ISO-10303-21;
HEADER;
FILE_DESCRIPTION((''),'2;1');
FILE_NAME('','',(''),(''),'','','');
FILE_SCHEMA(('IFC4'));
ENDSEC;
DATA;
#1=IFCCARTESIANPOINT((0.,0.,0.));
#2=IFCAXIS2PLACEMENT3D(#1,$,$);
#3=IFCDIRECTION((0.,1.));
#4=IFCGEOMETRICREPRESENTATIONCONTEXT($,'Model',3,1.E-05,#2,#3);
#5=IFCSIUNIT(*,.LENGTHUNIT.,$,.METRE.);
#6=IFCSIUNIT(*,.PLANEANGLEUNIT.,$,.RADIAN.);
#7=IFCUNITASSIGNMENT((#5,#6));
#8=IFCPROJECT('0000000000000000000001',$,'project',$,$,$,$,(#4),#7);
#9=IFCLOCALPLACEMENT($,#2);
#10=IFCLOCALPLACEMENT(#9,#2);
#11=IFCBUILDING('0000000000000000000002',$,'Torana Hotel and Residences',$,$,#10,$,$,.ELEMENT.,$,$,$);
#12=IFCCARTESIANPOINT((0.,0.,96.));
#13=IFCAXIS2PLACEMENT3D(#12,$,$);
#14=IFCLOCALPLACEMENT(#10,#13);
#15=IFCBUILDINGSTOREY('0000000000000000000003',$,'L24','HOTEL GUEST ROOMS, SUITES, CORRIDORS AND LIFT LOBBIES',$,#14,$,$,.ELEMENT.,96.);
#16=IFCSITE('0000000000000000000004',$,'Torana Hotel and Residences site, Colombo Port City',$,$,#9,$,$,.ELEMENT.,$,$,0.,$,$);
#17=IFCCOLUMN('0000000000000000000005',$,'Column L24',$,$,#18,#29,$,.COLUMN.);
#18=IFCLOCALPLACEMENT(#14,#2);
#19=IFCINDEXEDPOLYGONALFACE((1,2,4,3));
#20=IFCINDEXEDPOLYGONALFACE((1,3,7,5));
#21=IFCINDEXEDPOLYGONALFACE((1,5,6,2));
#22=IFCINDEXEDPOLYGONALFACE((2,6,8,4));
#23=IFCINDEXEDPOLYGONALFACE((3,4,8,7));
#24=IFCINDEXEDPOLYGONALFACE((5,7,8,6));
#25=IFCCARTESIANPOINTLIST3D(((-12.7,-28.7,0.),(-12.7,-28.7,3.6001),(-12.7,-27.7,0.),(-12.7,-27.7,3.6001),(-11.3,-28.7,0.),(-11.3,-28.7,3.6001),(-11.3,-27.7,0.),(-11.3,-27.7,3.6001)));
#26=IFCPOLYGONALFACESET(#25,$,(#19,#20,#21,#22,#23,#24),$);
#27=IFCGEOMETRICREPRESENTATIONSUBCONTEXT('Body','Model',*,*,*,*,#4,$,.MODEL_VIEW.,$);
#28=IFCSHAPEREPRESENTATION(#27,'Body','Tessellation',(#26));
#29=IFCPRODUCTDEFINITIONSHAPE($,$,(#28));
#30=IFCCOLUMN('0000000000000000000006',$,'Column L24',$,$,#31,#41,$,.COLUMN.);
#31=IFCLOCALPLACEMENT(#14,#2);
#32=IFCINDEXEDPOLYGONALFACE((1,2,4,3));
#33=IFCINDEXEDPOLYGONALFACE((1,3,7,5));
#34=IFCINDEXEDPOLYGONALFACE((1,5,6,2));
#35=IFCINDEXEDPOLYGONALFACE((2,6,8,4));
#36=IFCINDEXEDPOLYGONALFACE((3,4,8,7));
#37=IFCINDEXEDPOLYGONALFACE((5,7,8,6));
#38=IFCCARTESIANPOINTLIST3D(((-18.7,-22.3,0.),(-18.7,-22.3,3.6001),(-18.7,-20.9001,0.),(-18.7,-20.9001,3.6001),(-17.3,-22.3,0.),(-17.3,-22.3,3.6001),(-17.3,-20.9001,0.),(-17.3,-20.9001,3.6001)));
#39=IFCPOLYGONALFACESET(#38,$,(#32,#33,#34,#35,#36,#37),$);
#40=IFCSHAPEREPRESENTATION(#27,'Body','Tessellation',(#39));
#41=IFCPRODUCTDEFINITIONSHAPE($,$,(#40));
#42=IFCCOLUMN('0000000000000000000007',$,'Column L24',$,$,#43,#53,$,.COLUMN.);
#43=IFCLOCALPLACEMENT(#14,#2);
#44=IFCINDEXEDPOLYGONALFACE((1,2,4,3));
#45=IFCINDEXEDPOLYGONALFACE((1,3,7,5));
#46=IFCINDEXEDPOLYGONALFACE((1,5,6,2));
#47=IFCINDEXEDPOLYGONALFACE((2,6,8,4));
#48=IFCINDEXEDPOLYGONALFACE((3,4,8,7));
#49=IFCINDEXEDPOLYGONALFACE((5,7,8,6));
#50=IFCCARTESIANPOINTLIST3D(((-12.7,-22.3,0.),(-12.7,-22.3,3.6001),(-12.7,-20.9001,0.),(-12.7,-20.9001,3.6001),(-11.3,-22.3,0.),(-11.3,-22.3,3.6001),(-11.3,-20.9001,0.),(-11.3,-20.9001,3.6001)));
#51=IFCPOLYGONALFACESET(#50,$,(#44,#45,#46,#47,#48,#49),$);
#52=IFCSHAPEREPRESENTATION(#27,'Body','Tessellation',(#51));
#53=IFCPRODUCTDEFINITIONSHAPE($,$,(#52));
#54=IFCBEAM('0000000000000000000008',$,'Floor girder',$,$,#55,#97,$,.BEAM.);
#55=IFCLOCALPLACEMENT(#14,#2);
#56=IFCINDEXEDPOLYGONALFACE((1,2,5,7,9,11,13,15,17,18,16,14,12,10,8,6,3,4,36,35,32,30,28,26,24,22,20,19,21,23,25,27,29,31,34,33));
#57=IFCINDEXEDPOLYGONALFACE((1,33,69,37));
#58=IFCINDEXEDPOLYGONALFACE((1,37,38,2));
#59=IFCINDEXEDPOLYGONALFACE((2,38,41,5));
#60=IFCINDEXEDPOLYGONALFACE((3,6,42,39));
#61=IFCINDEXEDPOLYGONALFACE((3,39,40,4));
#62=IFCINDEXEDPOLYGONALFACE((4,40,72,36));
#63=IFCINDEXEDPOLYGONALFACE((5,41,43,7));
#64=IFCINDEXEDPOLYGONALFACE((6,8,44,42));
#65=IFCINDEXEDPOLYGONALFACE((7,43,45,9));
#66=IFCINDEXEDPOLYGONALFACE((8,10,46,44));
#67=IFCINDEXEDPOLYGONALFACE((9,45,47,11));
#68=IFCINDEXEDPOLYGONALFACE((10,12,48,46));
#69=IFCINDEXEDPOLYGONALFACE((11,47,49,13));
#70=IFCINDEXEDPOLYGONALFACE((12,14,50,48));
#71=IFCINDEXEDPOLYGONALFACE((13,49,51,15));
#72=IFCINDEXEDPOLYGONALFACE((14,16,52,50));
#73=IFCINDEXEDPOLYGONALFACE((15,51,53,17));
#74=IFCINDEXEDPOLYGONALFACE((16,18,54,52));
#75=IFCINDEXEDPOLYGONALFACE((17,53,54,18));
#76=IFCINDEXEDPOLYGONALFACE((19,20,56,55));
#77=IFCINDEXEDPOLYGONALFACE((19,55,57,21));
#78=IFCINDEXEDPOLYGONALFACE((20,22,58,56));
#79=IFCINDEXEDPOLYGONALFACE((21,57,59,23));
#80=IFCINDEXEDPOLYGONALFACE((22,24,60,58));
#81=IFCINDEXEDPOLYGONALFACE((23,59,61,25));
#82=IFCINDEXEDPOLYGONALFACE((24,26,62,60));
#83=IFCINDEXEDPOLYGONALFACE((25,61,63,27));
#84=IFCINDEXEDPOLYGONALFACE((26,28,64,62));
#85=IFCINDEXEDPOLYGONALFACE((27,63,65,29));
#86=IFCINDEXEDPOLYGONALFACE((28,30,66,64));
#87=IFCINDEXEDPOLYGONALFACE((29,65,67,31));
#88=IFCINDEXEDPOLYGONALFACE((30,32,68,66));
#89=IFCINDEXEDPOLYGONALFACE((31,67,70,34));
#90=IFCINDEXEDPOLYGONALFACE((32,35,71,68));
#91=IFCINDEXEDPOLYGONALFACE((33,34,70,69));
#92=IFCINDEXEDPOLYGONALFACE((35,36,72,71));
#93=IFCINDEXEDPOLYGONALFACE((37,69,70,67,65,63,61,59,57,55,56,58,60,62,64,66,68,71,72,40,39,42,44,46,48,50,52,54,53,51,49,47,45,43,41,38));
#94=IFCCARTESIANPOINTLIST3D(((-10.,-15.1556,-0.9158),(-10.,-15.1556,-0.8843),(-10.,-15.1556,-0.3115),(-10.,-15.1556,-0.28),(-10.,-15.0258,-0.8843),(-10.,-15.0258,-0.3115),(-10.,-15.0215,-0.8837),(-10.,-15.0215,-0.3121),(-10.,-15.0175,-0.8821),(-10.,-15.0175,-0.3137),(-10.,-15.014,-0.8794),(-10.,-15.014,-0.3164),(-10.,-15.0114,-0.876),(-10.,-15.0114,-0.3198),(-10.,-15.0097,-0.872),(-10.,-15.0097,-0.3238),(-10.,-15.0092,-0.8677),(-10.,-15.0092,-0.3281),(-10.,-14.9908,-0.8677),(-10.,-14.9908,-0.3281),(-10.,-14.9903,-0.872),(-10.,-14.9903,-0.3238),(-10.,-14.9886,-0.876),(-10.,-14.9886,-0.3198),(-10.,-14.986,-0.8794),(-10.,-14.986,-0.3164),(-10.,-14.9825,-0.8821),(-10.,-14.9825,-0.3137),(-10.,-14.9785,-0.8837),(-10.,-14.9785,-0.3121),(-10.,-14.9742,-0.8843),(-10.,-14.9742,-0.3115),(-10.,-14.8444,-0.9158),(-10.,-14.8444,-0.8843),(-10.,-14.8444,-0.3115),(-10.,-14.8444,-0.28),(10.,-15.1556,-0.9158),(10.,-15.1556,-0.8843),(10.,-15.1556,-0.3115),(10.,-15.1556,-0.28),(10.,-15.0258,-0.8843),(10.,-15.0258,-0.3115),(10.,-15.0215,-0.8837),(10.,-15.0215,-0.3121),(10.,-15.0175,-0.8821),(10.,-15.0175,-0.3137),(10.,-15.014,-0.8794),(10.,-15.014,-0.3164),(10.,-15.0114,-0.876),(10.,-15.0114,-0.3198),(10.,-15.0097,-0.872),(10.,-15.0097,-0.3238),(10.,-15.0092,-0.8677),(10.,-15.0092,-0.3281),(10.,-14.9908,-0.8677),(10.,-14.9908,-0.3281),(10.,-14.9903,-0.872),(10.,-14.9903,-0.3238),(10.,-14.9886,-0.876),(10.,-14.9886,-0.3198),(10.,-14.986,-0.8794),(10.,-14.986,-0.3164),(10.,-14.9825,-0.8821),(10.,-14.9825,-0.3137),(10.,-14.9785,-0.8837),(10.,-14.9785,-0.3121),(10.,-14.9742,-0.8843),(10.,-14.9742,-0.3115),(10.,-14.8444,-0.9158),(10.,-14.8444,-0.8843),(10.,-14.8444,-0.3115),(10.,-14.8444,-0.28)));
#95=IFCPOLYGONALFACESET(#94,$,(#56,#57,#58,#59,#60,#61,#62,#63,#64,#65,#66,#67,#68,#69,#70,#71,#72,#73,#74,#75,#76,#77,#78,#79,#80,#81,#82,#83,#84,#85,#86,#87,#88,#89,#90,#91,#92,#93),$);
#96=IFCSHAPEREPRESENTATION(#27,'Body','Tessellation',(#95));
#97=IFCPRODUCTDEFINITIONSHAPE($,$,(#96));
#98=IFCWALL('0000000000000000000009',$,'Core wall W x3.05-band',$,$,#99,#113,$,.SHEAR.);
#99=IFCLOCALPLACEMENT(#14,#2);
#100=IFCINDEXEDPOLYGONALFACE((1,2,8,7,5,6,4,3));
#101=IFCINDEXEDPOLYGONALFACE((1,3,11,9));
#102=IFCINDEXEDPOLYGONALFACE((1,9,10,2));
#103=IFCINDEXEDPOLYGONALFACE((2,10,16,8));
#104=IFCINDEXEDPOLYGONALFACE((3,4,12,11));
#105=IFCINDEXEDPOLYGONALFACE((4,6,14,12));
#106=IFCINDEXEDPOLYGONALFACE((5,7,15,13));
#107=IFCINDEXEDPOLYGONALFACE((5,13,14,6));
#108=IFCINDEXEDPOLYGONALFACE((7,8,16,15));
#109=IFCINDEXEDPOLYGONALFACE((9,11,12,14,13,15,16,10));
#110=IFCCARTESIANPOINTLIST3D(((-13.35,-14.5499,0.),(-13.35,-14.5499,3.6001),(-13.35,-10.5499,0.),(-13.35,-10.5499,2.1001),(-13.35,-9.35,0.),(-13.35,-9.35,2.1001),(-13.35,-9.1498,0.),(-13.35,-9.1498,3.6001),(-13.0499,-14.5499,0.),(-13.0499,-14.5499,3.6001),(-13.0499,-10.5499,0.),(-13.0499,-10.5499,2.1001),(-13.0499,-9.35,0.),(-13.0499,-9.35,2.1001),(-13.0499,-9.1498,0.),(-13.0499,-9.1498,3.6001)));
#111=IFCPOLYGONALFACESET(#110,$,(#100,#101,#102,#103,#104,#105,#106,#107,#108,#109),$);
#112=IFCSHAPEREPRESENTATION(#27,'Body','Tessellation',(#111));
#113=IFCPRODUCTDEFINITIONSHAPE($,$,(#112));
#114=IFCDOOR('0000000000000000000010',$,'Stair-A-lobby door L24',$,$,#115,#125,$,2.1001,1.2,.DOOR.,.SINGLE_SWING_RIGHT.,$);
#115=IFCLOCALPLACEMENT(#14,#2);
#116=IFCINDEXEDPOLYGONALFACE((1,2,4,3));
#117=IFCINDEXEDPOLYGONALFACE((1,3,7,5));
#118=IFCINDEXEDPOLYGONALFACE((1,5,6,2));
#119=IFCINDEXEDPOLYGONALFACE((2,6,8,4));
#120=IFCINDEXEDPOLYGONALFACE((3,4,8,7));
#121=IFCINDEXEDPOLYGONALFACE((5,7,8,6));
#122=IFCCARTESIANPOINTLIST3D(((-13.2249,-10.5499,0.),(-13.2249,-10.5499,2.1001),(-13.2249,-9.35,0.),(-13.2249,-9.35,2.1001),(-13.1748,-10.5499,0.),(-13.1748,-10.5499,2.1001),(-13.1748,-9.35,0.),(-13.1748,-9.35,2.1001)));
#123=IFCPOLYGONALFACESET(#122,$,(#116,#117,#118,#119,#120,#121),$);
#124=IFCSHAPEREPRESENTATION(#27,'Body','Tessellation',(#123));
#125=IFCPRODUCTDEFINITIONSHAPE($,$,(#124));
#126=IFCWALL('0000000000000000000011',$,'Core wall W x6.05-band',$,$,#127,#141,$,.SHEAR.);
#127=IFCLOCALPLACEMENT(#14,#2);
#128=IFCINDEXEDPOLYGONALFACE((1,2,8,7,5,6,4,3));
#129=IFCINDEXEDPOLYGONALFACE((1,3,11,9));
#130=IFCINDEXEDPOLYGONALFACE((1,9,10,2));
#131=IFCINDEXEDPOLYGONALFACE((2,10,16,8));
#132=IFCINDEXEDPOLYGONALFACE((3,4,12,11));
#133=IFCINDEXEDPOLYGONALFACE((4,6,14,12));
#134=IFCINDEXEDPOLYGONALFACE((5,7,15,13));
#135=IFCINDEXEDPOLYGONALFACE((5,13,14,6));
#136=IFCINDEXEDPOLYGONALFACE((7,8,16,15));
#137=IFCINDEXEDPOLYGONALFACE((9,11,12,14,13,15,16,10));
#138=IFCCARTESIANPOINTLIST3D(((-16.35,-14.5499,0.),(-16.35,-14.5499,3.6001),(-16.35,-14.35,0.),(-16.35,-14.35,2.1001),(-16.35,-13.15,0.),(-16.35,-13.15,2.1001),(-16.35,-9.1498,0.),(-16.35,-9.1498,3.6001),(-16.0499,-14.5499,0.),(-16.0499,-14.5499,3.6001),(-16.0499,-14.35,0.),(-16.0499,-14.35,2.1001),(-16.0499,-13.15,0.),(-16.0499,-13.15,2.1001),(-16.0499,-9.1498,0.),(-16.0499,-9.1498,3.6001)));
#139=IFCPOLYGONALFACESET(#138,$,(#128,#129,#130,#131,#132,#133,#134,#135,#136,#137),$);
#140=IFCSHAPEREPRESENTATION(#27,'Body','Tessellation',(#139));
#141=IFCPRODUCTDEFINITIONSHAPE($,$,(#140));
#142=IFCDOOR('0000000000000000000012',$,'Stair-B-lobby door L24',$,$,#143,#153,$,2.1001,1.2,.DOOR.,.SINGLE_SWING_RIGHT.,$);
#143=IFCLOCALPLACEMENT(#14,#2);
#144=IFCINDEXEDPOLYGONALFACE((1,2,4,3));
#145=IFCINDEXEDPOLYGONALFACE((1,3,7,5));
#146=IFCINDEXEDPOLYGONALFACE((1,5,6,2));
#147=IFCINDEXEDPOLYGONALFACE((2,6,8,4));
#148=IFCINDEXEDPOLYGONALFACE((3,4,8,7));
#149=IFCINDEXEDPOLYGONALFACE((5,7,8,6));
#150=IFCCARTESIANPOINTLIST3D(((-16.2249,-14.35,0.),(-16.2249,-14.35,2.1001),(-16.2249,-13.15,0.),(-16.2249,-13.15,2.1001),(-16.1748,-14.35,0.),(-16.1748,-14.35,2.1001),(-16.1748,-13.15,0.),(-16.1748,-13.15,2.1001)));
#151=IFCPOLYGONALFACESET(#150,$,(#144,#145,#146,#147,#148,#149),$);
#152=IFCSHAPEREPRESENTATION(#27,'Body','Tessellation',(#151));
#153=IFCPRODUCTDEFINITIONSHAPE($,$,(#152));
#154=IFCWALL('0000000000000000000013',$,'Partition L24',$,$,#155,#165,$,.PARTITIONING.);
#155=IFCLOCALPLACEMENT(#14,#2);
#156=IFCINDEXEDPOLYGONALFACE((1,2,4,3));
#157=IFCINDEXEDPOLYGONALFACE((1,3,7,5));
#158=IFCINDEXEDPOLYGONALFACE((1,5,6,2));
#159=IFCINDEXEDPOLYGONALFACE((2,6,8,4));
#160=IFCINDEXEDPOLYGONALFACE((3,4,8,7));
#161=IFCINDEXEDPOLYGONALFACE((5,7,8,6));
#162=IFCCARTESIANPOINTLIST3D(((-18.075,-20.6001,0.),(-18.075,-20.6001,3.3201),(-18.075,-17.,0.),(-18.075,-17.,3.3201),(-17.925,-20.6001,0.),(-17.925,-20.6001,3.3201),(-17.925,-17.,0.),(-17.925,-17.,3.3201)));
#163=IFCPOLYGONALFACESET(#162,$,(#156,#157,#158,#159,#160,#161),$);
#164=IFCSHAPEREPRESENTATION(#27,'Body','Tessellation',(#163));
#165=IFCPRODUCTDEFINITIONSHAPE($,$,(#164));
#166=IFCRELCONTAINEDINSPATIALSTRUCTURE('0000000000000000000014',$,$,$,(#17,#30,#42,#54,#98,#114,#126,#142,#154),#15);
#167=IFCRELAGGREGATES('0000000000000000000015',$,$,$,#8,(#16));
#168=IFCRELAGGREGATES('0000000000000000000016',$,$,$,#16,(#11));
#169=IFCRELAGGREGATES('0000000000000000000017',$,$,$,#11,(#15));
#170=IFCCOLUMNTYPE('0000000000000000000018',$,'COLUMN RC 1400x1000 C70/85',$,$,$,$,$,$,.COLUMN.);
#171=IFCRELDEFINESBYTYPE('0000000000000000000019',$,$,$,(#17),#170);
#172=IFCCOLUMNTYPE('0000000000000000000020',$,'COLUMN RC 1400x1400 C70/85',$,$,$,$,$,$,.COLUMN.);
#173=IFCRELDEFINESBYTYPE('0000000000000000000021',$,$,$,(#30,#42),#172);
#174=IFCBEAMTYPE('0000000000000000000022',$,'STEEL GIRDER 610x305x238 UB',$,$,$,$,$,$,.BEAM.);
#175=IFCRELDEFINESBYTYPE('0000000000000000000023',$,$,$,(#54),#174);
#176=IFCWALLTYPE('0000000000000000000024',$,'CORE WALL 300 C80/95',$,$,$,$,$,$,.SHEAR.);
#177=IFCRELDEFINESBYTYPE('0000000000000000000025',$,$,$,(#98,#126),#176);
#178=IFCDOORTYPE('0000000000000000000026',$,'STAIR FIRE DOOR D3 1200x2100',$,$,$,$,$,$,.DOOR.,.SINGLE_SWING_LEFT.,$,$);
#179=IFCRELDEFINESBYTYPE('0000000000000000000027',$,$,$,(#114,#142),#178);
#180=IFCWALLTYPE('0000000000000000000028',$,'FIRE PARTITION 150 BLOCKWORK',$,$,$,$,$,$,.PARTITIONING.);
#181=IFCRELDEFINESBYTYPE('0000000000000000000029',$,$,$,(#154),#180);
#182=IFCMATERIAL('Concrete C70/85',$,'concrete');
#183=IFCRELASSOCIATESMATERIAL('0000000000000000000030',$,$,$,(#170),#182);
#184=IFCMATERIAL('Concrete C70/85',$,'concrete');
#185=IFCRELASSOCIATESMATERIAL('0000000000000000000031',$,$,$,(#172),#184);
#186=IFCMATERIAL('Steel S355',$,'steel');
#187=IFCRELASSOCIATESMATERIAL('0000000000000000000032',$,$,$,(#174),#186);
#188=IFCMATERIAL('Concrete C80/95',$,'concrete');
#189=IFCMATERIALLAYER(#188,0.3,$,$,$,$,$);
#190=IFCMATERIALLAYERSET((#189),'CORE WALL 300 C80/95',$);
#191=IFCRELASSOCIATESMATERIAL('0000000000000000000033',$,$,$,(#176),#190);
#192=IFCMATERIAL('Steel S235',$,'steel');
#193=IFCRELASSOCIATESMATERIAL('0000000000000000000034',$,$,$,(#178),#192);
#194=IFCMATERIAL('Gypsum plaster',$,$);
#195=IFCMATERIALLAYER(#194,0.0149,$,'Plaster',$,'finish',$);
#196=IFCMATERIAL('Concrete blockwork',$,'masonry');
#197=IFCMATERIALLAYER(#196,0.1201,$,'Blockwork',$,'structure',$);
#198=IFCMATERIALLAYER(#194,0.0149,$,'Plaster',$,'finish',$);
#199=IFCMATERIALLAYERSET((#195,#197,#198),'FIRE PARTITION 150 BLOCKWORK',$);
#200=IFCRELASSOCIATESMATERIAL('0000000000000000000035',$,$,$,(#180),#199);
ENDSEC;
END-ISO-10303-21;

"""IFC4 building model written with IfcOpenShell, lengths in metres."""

from ifc_helpers import new_model, si_unit, direction, frame, frame_2d, origin, origin_2d, place, context, subcontext, project, spatial, rectangle, i_section, extrude, material, layer, layer_set, material_profile, profile_set, type_object, element, fill, save


model = new_model("IFC4")

# Units and contexts
model_context = context("Model", 3, precision=1e-05, world=origin(), true_north=direction((0.0, 1.0)))
body_context = subcontext(model_context, "Body", "Model", "MODEL_VIEW")
ifc_project = project(units=[si_unit("LENGTHUNIT", "METRE"), si_unit("PLANEANGLEUNIT", "RADIAN")], contexts=[model_context])

# Site, building, storey
site_placement = place(None, origin())
site = spatial("IfcSite", under=ifc_project, at=site_placement, Name="Torana Hotel and Residences site, Colombo Port City", CompositionType="ELEMENT", RefElevation=0.0)
building_placement = place(site_placement, origin())
building = spatial("IfcBuilding", under=site, at=building_placement, Name="Torana Hotel and Residences", CompositionType="ELEMENT")
storey_placement = place(building_placement, frame((0.0, 0.0, 96.0)))
storey = spatial("IfcBuildingStorey", under=building, at=storey_placement, Name="L24", Description="HOTEL GUEST ROOMS, SUITES, CORRIDORS AND LIFT LOBBIES", CompositionType="ELEMENT", Elevation=96.0)

# Columns
ifc_material_1 = material(Name="Concrete C70/85", Category="concrete")
ifc_material_profile_1 = material_profile(ifc_material_1, rectangle(XDim=1.3999, YDim=1.0, at=origin_2d()), Name="RC 1400x1000")
ifc_profile_set_1 = profile_set([ifc_material_profile_1], Name="Concrete C70/85")
column_type_1 = type_object("IfcColumnType", Name="COLUMN RC 1400x1000 C70/85", PredefinedType="COLUMN", material=ifc_profile_set_1)
column_placement = place(storey_placement, frame((-12.0, -28.2, 0.0), z_axis=(0.0, 0.0, 1.0), x_axis=(1.0, 0.0, 0.0)))
element("IfcColumn", 1, at=column_placement, inside=storey, type_object=column_type_1, Name="Column L24", PredefinedType="COLUMN", context=body_context, shape_type="SweptSolid", body=[
    extrude(rectangle(XDim=1.3999, YDim=1.0, at=origin_2d()), origin(), (0.0, 0.0, 1.0), 3.6001),
])
ifc_material_2 = material(Name="Concrete C70/85", Category="concrete")
ifc_material_profile_2 = material_profile(ifc_material_2, rectangle(XDim=1.3999, YDim=1.3999, at=origin_2d()), Name="RC 1400x1400")
ifc_profile_set_2 = profile_set([ifc_material_profile_2], Name="Concrete C70/85")
column_type_2 = type_object("IfcColumnType", Name="COLUMN RC 1400x1400 C70/85", PredefinedType="COLUMN", material=ifc_profile_set_2)
for number, where, z_axis, x_axis, name in (
    (2, (-18.0, -21.6001, 0.0), (0.0, 0.0, 1.0), (1.0, 0.0, 0.0), "Column L24"),
    (3, (-12.0, -21.6001, 0.0), (0.0, 0.0, 1.0), (1.0, 0.0, 0.0), "Column L24"),
):
    element("IfcColumn", number, at=place(storey_placement, frame(where, z_axis=z_axis, x_axis=x_axis)), inside=storey, type_object=column_type_2, Name=name, PredefinedType="COLUMN", context=body_context, shape_type="SweptSolid", body=[
        extrude(rectangle(XDim=1.3999, YDim=1.3999, at=origin_2d()), origin(), (0.0, 0.0, 1.0), 3.6001),
    ])

# Beam
ifc_material_3 = material(Name="Steel S355", Category="steel")
ifc_material_profile_3 = material_profile(ifc_material_3, i_section(OverallWidth=0.3113, OverallDepth=0.6357, WebThickness=0.0183, FlangeThickness=0.0315, FilletRadius=0.0166, at=origin_2d()), Name="610x305x238 UB")
ifc_profile_set_3 = profile_set([ifc_material_profile_3], Name="Steel S355")
beam_type = type_object("IfcBeamType", Name="STEEL GIRDER 610x305x238 UB", PredefinedType="BEAM", material=ifc_profile_set_3)
beam_placement = place(storey_placement, frame((-10.0, -15.0, -0.5979), z_axis=(1.0, 0.0, 0.0), x_axis=(0.0, 1.0, 0.0)))
element("IfcBeam", 4, at=beam_placement, inside=storey, type_object=beam_type, Name="Floor girder", PredefinedType="BEAM", context=body_context, shape_type="SweptSolid", body=[
    extrude(i_section(OverallWidth=0.3113, OverallDepth=0.6357, WebThickness=0.0183, FlangeThickness=0.0315, FilletRadius=0.0166, at=origin_2d()), origin(), (0.0, 0.0, 1.0), 20.0),
])

# Walls, openings, doors
ifc_material_4 = material(Name="Concrete C80/95", Category="concrete")
ifc_layer_1 = layer(ifc_material_4, 0.3)
ifc_layer_set_1 = layer_set([ifc_layer_1], Name="CORE WALL 300 C80/95")
wall_type_1 = type_object("IfcWallType", Name="CORE WALL 300 C80/95", PredefinedType="SHEAR", material=ifc_layer_set_1)
wall_1_placement = place(storey_placement, frame((-13.2, -14.55, 0.0), z_axis=(0.0, 0.0, 1.0), x_axis=(0.0, 1.0, 0.0)))
wall_1 = element("IfcWall", 5, at=wall_1_placement, inside=storey, type_object=wall_type_1, Name="Core wall W x3.05-band", PredefinedType="SHEAR", context=body_context, shape_type="SweptSolid", body=[
    extrude(rectangle(XDim=5.4001, YDim=0.3, at=frame_2d((2.7002, 0.0))), origin(), (0.0, 0.0, 1.0), 3.6001),
])
opening_1_placement = place(wall_1_placement, frame((4.0, 0.0, 0.0)))
opening_1 = element("IfcOpeningElement", 6, at=opening_1_placement, cuts=wall_1, PredefinedType="OPENING", context=body_context, shape_type="SweptSolid", body=[
    extrude(rectangle(XDim=1.2, YDim=2.1001, at=frame_2d((0.6001, 1.05))), frame((0.0, 0.1599, 0.0), z_axis=(0.0, -1.0, 0.0), x_axis=(1.0, 0.0, 0.0)), (0.0, 0.0, 1.0), 0.3201),
])
ifc_material_5 = material(Name="Steel S235", Category="steel")
door_type_1 = type_object("IfcDoorType", Name="STAIR FIRE DOOR D3 1200x2100", OperationType="SINGLE_SWING_LEFT", PredefinedType="DOOR", material=ifc_material_5)
door_1_placement = place(opening_1_placement, frame((0.6001, 0.0, 0.0), z_axis=(0.0, 0.0, 1.0), x_axis=(-1.0, 0.0, 0.0)))
door_1 = element("IfcDoor", 7, at=door_1_placement, inside=storey, type_object=door_type_1, Name="Stair-A-lobby door L24", OperationType="SINGLE_SWING_RIGHT", OverallHeight=2.1001, OverallWidth=1.2, PredefinedType="DOOR", context=body_context, shape_type="SweptSolid", body=[
    extrude(rectangle(XDim=1.2, YDim=2.1001, at=frame_2d((0.0, 1.05))), frame((0.0, -0.0249, 0.0), z_axis=(0.0, 1.0, 0.0), x_axis=(-1.0, 0.0, 0.0)), (0.0, 0.0, 1.0), 0.05),
])
fill(opening_1, door_1)
wall_2_placement = place(storey_placement, frame((-16.2, -14.55, 0.0), z_axis=(0.0, 0.0, 1.0), x_axis=(0.0, 1.0, 0.0)))
wall_2 = element("IfcWall", 8, at=wall_2_placement, inside=storey, type_object=wall_type_1, Name="Core wall W x6.05-band", PredefinedType="SHEAR", context=body_context, shape_type="SweptSolid", body=[
    extrude(rectangle(XDim=5.4001, YDim=0.3, at=frame_2d((2.7002, 0.0))), origin(), (0.0, 0.0, 1.0), 3.6001),
])
opening_2_placement = place(wall_2_placement, frame((0.2, 0.0, 0.0)))
opening_2 = element("IfcOpeningElement", 9, at=opening_2_placement, cuts=wall_2, PredefinedType="OPENING", context=body_context, shape_type="SweptSolid", body=[
    extrude(rectangle(XDim=1.2, YDim=2.1001, at=frame_2d((0.6001, 1.05))), frame((0.0, 0.1599, 0.0), z_axis=(0.0, -1.0, 0.0), x_axis=(1.0, 0.0, 0.0)), (0.0, 0.0, 1.0), 0.3201),
])
door_2_placement = place(opening_2_placement, origin())
door_2 = element("IfcDoor", 10, at=door_2_placement, inside=storey, type_object=door_type_1, Name="Stair-B-lobby door L24", OperationType="SINGLE_SWING_RIGHT", OverallHeight=2.1001, OverallWidth=1.2, PredefinedType="DOOR", context=body_context, shape_type="SweptSolid", body=[
    extrude(rectangle(XDim=1.2, YDim=2.1001, at=frame_2d((0.6001, 1.05))), frame((0.0, 0.0249, 0.0), z_axis=(0.0, -1.0, 0.0), x_axis=(1.0, 0.0, 0.0)), (0.0, 0.0, 1.0), 0.05),
])
fill(opening_2, door_2)

# Wall
ifc_material_6 = material(Name="Gypsum plaster")
ifc_layer_2 = layer(ifc_material_6, 0.0149, Name="Plaster", Category="finish")
ifc_material_7 = material(Name="Concrete blockwork", Category="masonry")
ifc_layer_3 = layer(ifc_material_7, 0.1201, Name="Blockwork", Category="structure")
ifc_layer_4 = layer(ifc_material_6, 0.0149, Name="Plaster", Category="finish")
ifc_layer_set_2 = layer_set([ifc_layer_2, ifc_layer_3, ifc_layer_4], Name="FIRE PARTITION 150 BLOCKWORK")
wall_type_2 = type_object("IfcWallType", Name="FIRE PARTITION 150 BLOCKWORK", PredefinedType="PARTITIONING", material=ifc_layer_set_2)
wall_3_placement = place(storey_placement, frame((-18.0, -20.6001, 0.0), z_axis=(0.0, 0.0, 1.0), x_axis=(0.0, 1.0, 0.0)))
element("IfcWall", 11, at=wall_3_placement, inside=storey, type_object=wall_type_2, Name="Partition L24", PredefinedType="PARTITIONING", context=body_context, shape_type="SweptSolid", body=[
    extrude(rectangle(XDim=3.6001, YDim=0.1499, at=frame_2d((1.8, 0.0))), origin(), (0.0, 0.0, 1.0), 3.3201),
])

save(model, "model.ifc")
